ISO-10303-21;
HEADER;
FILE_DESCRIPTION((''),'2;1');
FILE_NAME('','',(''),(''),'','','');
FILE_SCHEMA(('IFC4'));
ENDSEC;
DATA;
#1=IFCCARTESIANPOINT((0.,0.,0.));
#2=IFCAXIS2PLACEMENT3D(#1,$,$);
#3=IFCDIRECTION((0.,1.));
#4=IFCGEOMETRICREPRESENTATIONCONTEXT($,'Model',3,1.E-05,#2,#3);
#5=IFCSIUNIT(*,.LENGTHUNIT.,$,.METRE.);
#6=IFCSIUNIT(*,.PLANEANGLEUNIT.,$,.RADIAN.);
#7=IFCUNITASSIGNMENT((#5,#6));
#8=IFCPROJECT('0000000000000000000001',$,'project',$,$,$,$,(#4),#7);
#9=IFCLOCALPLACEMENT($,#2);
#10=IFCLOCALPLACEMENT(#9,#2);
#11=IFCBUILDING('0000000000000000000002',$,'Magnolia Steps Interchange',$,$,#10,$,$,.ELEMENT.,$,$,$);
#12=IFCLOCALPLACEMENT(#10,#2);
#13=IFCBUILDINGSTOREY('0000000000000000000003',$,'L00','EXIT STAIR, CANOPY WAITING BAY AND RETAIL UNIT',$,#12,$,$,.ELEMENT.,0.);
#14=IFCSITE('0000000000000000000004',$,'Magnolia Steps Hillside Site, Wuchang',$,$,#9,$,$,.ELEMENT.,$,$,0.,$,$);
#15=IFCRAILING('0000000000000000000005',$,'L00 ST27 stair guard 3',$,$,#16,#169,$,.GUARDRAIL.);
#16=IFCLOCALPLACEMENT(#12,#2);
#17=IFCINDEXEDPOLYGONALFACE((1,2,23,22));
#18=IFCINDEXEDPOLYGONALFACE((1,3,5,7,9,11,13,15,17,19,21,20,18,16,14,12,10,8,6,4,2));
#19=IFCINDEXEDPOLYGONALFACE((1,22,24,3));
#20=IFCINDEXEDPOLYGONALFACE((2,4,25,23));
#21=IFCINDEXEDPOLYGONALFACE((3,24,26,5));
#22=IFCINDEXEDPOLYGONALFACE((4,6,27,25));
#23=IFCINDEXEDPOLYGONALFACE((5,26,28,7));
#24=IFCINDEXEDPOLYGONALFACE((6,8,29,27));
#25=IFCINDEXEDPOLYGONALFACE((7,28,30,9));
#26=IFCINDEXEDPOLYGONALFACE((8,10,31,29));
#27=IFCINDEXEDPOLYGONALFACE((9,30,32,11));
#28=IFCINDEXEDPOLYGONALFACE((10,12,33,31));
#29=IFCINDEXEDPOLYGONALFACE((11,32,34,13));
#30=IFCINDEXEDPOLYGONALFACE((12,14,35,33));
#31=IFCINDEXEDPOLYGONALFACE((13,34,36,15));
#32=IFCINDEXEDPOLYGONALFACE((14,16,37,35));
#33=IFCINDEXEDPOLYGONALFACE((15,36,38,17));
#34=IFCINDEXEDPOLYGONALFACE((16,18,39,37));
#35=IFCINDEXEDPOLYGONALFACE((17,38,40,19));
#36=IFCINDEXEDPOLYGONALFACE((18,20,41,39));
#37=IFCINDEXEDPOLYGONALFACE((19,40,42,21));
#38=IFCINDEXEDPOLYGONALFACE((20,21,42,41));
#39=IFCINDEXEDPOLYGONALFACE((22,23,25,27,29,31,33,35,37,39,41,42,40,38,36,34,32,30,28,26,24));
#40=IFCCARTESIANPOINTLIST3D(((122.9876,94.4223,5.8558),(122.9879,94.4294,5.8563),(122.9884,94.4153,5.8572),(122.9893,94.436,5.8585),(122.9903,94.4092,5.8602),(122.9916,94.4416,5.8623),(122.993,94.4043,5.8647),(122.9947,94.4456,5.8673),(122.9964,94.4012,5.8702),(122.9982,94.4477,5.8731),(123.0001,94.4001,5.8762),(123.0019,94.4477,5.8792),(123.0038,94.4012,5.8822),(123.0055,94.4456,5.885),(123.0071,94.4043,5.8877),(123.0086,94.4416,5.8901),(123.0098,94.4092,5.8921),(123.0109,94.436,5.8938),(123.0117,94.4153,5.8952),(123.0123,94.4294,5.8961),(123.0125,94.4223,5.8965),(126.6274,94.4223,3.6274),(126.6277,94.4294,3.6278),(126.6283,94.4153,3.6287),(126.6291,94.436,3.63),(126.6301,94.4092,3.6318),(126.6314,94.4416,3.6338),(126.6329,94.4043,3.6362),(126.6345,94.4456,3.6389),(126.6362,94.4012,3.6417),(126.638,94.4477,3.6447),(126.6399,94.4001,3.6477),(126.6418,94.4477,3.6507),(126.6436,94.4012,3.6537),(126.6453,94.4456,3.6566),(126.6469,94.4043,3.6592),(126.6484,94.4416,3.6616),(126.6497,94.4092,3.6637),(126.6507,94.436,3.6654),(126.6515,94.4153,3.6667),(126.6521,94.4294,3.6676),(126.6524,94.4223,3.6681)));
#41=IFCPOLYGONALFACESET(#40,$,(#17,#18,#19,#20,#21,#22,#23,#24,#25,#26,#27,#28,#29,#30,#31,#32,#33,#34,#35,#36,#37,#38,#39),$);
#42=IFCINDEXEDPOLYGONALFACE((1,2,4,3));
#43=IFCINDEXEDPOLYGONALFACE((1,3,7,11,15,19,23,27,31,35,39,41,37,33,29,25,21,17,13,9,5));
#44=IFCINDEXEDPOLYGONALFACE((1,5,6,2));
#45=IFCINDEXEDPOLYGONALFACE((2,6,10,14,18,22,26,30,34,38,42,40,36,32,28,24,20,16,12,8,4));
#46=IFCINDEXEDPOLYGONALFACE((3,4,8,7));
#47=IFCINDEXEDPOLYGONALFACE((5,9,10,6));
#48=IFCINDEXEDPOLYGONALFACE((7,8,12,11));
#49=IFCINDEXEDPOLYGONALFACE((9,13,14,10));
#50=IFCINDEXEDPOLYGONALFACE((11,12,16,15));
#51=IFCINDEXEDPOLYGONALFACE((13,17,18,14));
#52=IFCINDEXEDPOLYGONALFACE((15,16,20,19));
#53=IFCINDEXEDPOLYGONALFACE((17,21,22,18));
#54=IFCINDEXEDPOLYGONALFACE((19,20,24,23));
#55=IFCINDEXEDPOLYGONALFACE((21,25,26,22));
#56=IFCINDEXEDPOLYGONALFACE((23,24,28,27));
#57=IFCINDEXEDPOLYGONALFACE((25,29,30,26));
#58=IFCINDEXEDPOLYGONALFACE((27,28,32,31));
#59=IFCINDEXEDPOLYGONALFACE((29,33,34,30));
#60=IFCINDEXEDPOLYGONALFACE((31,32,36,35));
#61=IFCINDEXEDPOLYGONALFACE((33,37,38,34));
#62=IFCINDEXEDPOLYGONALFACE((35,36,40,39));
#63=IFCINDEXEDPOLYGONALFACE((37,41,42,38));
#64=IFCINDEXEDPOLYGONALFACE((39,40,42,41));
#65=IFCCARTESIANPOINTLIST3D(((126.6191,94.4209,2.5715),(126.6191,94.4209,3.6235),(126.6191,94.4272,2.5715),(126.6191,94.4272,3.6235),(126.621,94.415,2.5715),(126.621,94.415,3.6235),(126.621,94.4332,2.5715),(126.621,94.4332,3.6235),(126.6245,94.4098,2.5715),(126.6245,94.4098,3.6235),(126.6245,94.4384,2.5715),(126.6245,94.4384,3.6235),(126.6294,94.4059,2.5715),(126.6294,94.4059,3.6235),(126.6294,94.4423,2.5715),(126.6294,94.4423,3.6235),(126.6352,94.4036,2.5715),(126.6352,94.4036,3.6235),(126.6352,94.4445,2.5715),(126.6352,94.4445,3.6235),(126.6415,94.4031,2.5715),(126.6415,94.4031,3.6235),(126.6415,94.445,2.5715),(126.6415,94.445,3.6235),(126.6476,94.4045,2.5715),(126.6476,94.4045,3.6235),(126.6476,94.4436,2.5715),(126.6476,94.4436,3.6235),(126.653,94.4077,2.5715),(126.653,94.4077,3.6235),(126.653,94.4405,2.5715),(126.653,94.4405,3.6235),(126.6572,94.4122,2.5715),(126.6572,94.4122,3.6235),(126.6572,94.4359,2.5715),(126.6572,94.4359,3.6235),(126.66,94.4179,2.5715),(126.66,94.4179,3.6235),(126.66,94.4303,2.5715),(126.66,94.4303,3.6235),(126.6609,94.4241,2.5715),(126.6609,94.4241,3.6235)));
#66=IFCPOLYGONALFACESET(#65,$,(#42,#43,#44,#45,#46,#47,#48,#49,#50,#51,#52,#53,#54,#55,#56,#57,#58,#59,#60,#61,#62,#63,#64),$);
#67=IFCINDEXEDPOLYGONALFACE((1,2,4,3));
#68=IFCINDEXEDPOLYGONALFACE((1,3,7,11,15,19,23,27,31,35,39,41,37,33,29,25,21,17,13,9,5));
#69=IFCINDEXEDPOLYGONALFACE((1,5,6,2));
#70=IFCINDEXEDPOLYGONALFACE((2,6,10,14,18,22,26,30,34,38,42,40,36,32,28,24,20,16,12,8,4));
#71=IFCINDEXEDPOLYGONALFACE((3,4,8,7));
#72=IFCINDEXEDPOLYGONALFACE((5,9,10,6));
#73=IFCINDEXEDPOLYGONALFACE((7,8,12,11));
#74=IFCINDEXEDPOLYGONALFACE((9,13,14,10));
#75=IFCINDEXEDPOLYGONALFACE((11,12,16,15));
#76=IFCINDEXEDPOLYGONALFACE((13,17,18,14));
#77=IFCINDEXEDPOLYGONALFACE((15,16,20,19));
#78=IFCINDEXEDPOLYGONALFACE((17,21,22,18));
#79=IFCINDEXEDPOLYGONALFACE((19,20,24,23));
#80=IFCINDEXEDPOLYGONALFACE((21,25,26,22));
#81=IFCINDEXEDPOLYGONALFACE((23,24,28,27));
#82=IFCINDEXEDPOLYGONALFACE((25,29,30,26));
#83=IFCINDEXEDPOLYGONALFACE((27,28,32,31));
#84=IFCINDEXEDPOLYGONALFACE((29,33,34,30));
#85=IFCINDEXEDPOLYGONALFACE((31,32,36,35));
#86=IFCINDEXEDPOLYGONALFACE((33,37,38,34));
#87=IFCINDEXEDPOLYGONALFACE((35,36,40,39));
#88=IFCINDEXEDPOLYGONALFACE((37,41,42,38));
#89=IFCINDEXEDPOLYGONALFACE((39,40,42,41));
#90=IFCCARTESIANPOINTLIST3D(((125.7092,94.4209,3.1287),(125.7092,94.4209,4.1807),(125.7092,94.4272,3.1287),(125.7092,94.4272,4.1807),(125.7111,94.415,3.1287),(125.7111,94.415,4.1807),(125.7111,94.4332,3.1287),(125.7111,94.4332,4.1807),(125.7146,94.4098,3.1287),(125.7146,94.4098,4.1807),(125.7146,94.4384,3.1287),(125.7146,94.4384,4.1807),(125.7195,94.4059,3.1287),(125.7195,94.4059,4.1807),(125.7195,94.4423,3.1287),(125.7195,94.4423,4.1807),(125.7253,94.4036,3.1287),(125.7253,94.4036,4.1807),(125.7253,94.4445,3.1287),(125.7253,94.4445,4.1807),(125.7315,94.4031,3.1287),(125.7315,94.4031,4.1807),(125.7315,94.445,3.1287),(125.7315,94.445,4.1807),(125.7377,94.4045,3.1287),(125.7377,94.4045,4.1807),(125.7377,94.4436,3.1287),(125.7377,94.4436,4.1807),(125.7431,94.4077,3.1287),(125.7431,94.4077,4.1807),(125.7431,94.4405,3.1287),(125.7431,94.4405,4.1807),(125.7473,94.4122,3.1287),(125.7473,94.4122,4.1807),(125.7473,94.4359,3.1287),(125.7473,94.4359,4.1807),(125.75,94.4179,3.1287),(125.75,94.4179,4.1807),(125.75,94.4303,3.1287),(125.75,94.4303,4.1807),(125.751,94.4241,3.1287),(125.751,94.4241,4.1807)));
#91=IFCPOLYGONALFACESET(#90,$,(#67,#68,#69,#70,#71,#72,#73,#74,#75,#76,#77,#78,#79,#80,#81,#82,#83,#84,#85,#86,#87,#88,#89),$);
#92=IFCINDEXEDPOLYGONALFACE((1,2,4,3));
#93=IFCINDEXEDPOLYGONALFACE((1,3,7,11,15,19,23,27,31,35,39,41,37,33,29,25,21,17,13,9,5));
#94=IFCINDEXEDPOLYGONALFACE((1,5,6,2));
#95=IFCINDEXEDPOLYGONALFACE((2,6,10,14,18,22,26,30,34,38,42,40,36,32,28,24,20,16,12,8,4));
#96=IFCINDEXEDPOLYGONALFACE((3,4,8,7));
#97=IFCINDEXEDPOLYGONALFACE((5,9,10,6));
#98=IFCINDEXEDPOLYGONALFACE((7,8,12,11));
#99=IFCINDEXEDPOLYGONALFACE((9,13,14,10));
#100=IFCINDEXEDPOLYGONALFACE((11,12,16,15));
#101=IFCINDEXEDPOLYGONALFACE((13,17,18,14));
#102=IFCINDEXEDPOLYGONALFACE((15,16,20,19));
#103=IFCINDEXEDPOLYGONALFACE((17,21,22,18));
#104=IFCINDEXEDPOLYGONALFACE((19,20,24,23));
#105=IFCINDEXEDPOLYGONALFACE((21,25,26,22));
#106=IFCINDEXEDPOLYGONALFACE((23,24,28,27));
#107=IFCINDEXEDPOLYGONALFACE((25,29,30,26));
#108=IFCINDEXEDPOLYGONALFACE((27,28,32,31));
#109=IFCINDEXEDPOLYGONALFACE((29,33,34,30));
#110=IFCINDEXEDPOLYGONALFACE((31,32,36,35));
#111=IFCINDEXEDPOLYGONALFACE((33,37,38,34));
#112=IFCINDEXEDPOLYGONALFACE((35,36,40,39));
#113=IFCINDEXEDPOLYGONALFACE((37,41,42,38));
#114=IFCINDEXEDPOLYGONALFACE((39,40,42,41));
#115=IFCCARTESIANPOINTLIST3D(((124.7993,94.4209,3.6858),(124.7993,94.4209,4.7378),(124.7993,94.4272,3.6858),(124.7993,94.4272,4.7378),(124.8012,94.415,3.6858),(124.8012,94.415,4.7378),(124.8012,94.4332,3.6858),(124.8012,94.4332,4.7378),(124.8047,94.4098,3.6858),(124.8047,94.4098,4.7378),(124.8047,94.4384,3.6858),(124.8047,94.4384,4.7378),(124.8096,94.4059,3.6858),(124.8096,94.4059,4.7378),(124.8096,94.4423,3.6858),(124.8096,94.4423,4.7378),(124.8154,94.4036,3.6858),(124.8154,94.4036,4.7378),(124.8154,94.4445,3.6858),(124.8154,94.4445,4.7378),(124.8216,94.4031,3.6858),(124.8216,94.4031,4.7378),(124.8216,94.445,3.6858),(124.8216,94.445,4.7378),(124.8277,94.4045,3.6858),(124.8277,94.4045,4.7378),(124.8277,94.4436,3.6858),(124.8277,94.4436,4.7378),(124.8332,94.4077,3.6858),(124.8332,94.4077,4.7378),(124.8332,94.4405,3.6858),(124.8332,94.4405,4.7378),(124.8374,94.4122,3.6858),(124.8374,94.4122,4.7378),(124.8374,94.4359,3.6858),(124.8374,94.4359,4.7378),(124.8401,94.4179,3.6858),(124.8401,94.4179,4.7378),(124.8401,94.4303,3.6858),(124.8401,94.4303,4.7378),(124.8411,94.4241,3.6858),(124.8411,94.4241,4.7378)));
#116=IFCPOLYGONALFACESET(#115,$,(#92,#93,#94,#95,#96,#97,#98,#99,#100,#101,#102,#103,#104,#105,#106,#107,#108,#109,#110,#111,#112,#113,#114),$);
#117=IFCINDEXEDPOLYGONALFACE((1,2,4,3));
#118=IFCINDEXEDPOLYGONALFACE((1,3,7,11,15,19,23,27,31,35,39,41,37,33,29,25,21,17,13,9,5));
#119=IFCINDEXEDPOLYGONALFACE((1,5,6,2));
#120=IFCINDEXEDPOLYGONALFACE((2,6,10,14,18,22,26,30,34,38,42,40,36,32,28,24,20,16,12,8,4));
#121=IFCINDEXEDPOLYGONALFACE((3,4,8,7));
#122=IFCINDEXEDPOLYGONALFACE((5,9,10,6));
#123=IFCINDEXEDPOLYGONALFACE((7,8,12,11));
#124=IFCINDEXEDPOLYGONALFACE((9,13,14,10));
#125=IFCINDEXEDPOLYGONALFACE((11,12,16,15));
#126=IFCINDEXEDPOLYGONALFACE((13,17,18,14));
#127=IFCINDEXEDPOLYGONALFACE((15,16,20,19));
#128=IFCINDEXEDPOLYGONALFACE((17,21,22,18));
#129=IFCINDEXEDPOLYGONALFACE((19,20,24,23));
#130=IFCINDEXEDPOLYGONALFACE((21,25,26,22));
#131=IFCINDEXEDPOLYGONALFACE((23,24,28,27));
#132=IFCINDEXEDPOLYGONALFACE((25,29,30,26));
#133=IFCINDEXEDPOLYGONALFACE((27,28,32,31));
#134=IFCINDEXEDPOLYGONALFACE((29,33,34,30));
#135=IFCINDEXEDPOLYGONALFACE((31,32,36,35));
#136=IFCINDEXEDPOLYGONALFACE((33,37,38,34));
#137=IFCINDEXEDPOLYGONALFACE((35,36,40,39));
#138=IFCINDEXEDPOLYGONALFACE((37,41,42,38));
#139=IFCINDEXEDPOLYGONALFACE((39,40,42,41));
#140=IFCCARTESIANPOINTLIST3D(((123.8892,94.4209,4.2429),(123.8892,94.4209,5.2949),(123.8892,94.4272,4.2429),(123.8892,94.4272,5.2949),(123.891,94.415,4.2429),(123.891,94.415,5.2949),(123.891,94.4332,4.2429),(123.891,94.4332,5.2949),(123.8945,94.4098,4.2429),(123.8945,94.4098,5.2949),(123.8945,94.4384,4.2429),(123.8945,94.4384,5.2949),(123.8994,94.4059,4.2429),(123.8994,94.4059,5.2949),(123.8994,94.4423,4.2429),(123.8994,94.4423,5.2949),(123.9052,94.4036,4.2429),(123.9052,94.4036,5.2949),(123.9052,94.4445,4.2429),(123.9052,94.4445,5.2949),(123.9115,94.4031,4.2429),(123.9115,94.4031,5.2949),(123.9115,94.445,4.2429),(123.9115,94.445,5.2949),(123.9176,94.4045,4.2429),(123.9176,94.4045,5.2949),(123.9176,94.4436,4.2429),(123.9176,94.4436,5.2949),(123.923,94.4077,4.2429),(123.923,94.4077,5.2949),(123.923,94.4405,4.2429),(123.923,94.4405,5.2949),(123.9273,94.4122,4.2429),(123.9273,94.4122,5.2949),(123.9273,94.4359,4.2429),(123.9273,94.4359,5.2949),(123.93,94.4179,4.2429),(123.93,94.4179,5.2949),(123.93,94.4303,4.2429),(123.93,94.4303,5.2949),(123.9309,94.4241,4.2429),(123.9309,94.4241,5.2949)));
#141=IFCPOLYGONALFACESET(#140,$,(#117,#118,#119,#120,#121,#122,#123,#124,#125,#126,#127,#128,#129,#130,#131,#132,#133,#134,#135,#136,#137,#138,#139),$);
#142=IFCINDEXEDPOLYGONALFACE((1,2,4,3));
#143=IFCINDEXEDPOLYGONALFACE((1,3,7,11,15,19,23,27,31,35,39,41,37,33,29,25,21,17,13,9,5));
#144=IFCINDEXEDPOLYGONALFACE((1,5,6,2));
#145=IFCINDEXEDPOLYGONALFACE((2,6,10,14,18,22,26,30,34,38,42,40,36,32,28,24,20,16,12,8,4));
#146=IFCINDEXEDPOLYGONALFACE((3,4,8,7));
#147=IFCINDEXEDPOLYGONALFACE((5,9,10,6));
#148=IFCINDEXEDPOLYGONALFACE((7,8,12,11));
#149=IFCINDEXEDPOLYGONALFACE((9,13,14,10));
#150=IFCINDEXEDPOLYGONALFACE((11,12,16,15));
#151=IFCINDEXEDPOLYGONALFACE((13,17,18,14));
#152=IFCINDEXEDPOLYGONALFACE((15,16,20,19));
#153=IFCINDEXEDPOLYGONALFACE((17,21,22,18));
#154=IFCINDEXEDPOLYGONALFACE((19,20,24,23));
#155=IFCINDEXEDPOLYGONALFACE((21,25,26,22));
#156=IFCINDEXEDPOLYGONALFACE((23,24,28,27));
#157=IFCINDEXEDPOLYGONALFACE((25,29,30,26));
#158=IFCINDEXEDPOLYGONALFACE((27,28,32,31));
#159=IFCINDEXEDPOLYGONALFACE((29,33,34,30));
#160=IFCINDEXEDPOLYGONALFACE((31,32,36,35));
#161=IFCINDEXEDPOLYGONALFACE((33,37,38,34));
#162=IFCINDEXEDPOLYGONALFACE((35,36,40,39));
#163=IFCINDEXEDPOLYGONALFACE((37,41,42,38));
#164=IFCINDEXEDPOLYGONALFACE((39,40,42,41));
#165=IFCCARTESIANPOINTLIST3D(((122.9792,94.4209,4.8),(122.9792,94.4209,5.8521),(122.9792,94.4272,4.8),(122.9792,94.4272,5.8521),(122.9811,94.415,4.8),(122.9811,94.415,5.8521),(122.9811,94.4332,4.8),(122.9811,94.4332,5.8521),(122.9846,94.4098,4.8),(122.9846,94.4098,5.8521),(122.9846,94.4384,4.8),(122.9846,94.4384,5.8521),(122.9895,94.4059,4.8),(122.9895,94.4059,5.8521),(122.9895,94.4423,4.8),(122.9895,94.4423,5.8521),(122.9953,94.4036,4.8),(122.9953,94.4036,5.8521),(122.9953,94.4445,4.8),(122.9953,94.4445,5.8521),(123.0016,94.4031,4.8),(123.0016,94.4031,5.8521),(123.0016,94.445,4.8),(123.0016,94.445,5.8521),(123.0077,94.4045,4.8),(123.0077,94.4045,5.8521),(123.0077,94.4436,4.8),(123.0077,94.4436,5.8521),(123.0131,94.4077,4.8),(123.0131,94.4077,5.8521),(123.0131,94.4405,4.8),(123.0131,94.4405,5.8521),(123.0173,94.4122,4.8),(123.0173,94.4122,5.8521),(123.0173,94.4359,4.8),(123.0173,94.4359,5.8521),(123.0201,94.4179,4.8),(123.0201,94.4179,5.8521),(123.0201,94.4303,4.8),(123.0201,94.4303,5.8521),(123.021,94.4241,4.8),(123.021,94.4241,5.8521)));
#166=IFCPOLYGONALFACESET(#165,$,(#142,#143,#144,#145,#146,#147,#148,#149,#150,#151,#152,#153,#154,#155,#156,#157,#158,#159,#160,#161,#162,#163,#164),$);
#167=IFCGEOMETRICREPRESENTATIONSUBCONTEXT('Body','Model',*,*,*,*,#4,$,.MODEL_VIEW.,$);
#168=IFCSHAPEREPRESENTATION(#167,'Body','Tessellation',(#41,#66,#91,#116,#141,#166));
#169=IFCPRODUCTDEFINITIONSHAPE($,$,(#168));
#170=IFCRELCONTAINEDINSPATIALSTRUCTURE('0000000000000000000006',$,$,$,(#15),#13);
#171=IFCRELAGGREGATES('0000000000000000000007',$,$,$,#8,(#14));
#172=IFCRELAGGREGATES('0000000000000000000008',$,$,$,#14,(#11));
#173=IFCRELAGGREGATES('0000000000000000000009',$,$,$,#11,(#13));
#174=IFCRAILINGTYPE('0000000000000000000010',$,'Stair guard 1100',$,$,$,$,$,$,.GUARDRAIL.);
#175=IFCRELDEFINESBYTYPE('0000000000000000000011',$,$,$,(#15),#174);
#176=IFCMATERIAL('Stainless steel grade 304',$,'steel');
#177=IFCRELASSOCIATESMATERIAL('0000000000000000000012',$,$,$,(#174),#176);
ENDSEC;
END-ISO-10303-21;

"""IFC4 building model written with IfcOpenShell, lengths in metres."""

from ifc_helpers import new_model, si_unit, direction, frame, origin, origin_2d, place, context, subcontext, project, spatial, circle, extrude, material, type_object, element, save


model = new_model("IFC4")

# Units and contexts
model_context = context("Model", 3, precision=1e-05, world=origin(), true_north=direction((0.0, 1.0)))
body_context = subcontext(model_context, "Body", "Model", "MODEL_VIEW")
ifc_project = project(units=[si_unit("LENGTHUNIT", "METRE"), si_unit("PLANEANGLEUNIT", "RADIAN")], contexts=[model_context])

# Site, building, storey
site_placement = place(None, origin())
site = spatial("IfcSite", under=ifc_project, at=site_placement, Name="Magnolia Steps Hillside Site, Wuchang", CompositionType="ELEMENT", RefElevation=0.0)
building_placement = place(site_placement, origin())
building = spatial("IfcBuilding", under=site, at=building_placement, Name="Magnolia Steps Interchange", CompositionType="ELEMENT")
storey_placement = place(building_placement, origin())
storey = spatial("IfcBuildingStorey", under=building, at=storey_placement, Name="L00", Description="EXIT STAIR, CANOPY WAITING BAY AND RETAIL UNIT", CompositionType="ELEMENT", Elevation=0.0)

# Railing
ifc_material_1 = material(Name="Stainless steel grade 304", Category="steel")
railing_type_1 = type_object("IfcRailingType", Name="Stair guard 1100", PredefinedType="GUARDRAIL", material=ifc_material_1)
railing_1_placement = place(storey_placement, frame((126.6399, 94.4241, 2.5715)))
element("IfcRailing", 1, at=railing_1_placement, inside=storey, type_object=railing_type_1, Name="L00 ST27 stair guard 3", PredefinedType="GUARDRAIL", context=body_context, shape_type="SweptSolid", body=[
    extrude(circle(Radius=0.0239, at=origin_2d()), frame((0.0, 0.0, 1.0762), z_axis=(-0.85285, 0.0, 0.522156), x_axis=(0.0, -1.0, 0.0)), (0.0, 0.0, 1.0), 4.2678),
    extrude(circle(Radius=0.021, at=origin_2d()), origin(), (0.0, 0.0, 1.0), 1.052),
    extrude(circle(Radius=0.021, at=origin_2d()), frame((-0.9099, 0.0, 0.5571)), (0.0, 0.0, 1.0), 1.052),
    extrude(circle(Radius=0.021, at=origin_2d()), frame((-1.8198, 0.0, 1.1143)), (0.0, 0.0, 1.0), 1.052),
    extrude(circle(Radius=0.021, at=origin_2d()), frame((-2.73, 0.0, 1.6714)), (0.0, 0.0, 1.0), 1.052),
    extrude(circle(Radius=0.021, at=origin_2d()), frame((-3.6399, 0.0, 2.2285)), (0.0, 0.0, 1.0), 1.052),
])

save(model, "model.ifc")
